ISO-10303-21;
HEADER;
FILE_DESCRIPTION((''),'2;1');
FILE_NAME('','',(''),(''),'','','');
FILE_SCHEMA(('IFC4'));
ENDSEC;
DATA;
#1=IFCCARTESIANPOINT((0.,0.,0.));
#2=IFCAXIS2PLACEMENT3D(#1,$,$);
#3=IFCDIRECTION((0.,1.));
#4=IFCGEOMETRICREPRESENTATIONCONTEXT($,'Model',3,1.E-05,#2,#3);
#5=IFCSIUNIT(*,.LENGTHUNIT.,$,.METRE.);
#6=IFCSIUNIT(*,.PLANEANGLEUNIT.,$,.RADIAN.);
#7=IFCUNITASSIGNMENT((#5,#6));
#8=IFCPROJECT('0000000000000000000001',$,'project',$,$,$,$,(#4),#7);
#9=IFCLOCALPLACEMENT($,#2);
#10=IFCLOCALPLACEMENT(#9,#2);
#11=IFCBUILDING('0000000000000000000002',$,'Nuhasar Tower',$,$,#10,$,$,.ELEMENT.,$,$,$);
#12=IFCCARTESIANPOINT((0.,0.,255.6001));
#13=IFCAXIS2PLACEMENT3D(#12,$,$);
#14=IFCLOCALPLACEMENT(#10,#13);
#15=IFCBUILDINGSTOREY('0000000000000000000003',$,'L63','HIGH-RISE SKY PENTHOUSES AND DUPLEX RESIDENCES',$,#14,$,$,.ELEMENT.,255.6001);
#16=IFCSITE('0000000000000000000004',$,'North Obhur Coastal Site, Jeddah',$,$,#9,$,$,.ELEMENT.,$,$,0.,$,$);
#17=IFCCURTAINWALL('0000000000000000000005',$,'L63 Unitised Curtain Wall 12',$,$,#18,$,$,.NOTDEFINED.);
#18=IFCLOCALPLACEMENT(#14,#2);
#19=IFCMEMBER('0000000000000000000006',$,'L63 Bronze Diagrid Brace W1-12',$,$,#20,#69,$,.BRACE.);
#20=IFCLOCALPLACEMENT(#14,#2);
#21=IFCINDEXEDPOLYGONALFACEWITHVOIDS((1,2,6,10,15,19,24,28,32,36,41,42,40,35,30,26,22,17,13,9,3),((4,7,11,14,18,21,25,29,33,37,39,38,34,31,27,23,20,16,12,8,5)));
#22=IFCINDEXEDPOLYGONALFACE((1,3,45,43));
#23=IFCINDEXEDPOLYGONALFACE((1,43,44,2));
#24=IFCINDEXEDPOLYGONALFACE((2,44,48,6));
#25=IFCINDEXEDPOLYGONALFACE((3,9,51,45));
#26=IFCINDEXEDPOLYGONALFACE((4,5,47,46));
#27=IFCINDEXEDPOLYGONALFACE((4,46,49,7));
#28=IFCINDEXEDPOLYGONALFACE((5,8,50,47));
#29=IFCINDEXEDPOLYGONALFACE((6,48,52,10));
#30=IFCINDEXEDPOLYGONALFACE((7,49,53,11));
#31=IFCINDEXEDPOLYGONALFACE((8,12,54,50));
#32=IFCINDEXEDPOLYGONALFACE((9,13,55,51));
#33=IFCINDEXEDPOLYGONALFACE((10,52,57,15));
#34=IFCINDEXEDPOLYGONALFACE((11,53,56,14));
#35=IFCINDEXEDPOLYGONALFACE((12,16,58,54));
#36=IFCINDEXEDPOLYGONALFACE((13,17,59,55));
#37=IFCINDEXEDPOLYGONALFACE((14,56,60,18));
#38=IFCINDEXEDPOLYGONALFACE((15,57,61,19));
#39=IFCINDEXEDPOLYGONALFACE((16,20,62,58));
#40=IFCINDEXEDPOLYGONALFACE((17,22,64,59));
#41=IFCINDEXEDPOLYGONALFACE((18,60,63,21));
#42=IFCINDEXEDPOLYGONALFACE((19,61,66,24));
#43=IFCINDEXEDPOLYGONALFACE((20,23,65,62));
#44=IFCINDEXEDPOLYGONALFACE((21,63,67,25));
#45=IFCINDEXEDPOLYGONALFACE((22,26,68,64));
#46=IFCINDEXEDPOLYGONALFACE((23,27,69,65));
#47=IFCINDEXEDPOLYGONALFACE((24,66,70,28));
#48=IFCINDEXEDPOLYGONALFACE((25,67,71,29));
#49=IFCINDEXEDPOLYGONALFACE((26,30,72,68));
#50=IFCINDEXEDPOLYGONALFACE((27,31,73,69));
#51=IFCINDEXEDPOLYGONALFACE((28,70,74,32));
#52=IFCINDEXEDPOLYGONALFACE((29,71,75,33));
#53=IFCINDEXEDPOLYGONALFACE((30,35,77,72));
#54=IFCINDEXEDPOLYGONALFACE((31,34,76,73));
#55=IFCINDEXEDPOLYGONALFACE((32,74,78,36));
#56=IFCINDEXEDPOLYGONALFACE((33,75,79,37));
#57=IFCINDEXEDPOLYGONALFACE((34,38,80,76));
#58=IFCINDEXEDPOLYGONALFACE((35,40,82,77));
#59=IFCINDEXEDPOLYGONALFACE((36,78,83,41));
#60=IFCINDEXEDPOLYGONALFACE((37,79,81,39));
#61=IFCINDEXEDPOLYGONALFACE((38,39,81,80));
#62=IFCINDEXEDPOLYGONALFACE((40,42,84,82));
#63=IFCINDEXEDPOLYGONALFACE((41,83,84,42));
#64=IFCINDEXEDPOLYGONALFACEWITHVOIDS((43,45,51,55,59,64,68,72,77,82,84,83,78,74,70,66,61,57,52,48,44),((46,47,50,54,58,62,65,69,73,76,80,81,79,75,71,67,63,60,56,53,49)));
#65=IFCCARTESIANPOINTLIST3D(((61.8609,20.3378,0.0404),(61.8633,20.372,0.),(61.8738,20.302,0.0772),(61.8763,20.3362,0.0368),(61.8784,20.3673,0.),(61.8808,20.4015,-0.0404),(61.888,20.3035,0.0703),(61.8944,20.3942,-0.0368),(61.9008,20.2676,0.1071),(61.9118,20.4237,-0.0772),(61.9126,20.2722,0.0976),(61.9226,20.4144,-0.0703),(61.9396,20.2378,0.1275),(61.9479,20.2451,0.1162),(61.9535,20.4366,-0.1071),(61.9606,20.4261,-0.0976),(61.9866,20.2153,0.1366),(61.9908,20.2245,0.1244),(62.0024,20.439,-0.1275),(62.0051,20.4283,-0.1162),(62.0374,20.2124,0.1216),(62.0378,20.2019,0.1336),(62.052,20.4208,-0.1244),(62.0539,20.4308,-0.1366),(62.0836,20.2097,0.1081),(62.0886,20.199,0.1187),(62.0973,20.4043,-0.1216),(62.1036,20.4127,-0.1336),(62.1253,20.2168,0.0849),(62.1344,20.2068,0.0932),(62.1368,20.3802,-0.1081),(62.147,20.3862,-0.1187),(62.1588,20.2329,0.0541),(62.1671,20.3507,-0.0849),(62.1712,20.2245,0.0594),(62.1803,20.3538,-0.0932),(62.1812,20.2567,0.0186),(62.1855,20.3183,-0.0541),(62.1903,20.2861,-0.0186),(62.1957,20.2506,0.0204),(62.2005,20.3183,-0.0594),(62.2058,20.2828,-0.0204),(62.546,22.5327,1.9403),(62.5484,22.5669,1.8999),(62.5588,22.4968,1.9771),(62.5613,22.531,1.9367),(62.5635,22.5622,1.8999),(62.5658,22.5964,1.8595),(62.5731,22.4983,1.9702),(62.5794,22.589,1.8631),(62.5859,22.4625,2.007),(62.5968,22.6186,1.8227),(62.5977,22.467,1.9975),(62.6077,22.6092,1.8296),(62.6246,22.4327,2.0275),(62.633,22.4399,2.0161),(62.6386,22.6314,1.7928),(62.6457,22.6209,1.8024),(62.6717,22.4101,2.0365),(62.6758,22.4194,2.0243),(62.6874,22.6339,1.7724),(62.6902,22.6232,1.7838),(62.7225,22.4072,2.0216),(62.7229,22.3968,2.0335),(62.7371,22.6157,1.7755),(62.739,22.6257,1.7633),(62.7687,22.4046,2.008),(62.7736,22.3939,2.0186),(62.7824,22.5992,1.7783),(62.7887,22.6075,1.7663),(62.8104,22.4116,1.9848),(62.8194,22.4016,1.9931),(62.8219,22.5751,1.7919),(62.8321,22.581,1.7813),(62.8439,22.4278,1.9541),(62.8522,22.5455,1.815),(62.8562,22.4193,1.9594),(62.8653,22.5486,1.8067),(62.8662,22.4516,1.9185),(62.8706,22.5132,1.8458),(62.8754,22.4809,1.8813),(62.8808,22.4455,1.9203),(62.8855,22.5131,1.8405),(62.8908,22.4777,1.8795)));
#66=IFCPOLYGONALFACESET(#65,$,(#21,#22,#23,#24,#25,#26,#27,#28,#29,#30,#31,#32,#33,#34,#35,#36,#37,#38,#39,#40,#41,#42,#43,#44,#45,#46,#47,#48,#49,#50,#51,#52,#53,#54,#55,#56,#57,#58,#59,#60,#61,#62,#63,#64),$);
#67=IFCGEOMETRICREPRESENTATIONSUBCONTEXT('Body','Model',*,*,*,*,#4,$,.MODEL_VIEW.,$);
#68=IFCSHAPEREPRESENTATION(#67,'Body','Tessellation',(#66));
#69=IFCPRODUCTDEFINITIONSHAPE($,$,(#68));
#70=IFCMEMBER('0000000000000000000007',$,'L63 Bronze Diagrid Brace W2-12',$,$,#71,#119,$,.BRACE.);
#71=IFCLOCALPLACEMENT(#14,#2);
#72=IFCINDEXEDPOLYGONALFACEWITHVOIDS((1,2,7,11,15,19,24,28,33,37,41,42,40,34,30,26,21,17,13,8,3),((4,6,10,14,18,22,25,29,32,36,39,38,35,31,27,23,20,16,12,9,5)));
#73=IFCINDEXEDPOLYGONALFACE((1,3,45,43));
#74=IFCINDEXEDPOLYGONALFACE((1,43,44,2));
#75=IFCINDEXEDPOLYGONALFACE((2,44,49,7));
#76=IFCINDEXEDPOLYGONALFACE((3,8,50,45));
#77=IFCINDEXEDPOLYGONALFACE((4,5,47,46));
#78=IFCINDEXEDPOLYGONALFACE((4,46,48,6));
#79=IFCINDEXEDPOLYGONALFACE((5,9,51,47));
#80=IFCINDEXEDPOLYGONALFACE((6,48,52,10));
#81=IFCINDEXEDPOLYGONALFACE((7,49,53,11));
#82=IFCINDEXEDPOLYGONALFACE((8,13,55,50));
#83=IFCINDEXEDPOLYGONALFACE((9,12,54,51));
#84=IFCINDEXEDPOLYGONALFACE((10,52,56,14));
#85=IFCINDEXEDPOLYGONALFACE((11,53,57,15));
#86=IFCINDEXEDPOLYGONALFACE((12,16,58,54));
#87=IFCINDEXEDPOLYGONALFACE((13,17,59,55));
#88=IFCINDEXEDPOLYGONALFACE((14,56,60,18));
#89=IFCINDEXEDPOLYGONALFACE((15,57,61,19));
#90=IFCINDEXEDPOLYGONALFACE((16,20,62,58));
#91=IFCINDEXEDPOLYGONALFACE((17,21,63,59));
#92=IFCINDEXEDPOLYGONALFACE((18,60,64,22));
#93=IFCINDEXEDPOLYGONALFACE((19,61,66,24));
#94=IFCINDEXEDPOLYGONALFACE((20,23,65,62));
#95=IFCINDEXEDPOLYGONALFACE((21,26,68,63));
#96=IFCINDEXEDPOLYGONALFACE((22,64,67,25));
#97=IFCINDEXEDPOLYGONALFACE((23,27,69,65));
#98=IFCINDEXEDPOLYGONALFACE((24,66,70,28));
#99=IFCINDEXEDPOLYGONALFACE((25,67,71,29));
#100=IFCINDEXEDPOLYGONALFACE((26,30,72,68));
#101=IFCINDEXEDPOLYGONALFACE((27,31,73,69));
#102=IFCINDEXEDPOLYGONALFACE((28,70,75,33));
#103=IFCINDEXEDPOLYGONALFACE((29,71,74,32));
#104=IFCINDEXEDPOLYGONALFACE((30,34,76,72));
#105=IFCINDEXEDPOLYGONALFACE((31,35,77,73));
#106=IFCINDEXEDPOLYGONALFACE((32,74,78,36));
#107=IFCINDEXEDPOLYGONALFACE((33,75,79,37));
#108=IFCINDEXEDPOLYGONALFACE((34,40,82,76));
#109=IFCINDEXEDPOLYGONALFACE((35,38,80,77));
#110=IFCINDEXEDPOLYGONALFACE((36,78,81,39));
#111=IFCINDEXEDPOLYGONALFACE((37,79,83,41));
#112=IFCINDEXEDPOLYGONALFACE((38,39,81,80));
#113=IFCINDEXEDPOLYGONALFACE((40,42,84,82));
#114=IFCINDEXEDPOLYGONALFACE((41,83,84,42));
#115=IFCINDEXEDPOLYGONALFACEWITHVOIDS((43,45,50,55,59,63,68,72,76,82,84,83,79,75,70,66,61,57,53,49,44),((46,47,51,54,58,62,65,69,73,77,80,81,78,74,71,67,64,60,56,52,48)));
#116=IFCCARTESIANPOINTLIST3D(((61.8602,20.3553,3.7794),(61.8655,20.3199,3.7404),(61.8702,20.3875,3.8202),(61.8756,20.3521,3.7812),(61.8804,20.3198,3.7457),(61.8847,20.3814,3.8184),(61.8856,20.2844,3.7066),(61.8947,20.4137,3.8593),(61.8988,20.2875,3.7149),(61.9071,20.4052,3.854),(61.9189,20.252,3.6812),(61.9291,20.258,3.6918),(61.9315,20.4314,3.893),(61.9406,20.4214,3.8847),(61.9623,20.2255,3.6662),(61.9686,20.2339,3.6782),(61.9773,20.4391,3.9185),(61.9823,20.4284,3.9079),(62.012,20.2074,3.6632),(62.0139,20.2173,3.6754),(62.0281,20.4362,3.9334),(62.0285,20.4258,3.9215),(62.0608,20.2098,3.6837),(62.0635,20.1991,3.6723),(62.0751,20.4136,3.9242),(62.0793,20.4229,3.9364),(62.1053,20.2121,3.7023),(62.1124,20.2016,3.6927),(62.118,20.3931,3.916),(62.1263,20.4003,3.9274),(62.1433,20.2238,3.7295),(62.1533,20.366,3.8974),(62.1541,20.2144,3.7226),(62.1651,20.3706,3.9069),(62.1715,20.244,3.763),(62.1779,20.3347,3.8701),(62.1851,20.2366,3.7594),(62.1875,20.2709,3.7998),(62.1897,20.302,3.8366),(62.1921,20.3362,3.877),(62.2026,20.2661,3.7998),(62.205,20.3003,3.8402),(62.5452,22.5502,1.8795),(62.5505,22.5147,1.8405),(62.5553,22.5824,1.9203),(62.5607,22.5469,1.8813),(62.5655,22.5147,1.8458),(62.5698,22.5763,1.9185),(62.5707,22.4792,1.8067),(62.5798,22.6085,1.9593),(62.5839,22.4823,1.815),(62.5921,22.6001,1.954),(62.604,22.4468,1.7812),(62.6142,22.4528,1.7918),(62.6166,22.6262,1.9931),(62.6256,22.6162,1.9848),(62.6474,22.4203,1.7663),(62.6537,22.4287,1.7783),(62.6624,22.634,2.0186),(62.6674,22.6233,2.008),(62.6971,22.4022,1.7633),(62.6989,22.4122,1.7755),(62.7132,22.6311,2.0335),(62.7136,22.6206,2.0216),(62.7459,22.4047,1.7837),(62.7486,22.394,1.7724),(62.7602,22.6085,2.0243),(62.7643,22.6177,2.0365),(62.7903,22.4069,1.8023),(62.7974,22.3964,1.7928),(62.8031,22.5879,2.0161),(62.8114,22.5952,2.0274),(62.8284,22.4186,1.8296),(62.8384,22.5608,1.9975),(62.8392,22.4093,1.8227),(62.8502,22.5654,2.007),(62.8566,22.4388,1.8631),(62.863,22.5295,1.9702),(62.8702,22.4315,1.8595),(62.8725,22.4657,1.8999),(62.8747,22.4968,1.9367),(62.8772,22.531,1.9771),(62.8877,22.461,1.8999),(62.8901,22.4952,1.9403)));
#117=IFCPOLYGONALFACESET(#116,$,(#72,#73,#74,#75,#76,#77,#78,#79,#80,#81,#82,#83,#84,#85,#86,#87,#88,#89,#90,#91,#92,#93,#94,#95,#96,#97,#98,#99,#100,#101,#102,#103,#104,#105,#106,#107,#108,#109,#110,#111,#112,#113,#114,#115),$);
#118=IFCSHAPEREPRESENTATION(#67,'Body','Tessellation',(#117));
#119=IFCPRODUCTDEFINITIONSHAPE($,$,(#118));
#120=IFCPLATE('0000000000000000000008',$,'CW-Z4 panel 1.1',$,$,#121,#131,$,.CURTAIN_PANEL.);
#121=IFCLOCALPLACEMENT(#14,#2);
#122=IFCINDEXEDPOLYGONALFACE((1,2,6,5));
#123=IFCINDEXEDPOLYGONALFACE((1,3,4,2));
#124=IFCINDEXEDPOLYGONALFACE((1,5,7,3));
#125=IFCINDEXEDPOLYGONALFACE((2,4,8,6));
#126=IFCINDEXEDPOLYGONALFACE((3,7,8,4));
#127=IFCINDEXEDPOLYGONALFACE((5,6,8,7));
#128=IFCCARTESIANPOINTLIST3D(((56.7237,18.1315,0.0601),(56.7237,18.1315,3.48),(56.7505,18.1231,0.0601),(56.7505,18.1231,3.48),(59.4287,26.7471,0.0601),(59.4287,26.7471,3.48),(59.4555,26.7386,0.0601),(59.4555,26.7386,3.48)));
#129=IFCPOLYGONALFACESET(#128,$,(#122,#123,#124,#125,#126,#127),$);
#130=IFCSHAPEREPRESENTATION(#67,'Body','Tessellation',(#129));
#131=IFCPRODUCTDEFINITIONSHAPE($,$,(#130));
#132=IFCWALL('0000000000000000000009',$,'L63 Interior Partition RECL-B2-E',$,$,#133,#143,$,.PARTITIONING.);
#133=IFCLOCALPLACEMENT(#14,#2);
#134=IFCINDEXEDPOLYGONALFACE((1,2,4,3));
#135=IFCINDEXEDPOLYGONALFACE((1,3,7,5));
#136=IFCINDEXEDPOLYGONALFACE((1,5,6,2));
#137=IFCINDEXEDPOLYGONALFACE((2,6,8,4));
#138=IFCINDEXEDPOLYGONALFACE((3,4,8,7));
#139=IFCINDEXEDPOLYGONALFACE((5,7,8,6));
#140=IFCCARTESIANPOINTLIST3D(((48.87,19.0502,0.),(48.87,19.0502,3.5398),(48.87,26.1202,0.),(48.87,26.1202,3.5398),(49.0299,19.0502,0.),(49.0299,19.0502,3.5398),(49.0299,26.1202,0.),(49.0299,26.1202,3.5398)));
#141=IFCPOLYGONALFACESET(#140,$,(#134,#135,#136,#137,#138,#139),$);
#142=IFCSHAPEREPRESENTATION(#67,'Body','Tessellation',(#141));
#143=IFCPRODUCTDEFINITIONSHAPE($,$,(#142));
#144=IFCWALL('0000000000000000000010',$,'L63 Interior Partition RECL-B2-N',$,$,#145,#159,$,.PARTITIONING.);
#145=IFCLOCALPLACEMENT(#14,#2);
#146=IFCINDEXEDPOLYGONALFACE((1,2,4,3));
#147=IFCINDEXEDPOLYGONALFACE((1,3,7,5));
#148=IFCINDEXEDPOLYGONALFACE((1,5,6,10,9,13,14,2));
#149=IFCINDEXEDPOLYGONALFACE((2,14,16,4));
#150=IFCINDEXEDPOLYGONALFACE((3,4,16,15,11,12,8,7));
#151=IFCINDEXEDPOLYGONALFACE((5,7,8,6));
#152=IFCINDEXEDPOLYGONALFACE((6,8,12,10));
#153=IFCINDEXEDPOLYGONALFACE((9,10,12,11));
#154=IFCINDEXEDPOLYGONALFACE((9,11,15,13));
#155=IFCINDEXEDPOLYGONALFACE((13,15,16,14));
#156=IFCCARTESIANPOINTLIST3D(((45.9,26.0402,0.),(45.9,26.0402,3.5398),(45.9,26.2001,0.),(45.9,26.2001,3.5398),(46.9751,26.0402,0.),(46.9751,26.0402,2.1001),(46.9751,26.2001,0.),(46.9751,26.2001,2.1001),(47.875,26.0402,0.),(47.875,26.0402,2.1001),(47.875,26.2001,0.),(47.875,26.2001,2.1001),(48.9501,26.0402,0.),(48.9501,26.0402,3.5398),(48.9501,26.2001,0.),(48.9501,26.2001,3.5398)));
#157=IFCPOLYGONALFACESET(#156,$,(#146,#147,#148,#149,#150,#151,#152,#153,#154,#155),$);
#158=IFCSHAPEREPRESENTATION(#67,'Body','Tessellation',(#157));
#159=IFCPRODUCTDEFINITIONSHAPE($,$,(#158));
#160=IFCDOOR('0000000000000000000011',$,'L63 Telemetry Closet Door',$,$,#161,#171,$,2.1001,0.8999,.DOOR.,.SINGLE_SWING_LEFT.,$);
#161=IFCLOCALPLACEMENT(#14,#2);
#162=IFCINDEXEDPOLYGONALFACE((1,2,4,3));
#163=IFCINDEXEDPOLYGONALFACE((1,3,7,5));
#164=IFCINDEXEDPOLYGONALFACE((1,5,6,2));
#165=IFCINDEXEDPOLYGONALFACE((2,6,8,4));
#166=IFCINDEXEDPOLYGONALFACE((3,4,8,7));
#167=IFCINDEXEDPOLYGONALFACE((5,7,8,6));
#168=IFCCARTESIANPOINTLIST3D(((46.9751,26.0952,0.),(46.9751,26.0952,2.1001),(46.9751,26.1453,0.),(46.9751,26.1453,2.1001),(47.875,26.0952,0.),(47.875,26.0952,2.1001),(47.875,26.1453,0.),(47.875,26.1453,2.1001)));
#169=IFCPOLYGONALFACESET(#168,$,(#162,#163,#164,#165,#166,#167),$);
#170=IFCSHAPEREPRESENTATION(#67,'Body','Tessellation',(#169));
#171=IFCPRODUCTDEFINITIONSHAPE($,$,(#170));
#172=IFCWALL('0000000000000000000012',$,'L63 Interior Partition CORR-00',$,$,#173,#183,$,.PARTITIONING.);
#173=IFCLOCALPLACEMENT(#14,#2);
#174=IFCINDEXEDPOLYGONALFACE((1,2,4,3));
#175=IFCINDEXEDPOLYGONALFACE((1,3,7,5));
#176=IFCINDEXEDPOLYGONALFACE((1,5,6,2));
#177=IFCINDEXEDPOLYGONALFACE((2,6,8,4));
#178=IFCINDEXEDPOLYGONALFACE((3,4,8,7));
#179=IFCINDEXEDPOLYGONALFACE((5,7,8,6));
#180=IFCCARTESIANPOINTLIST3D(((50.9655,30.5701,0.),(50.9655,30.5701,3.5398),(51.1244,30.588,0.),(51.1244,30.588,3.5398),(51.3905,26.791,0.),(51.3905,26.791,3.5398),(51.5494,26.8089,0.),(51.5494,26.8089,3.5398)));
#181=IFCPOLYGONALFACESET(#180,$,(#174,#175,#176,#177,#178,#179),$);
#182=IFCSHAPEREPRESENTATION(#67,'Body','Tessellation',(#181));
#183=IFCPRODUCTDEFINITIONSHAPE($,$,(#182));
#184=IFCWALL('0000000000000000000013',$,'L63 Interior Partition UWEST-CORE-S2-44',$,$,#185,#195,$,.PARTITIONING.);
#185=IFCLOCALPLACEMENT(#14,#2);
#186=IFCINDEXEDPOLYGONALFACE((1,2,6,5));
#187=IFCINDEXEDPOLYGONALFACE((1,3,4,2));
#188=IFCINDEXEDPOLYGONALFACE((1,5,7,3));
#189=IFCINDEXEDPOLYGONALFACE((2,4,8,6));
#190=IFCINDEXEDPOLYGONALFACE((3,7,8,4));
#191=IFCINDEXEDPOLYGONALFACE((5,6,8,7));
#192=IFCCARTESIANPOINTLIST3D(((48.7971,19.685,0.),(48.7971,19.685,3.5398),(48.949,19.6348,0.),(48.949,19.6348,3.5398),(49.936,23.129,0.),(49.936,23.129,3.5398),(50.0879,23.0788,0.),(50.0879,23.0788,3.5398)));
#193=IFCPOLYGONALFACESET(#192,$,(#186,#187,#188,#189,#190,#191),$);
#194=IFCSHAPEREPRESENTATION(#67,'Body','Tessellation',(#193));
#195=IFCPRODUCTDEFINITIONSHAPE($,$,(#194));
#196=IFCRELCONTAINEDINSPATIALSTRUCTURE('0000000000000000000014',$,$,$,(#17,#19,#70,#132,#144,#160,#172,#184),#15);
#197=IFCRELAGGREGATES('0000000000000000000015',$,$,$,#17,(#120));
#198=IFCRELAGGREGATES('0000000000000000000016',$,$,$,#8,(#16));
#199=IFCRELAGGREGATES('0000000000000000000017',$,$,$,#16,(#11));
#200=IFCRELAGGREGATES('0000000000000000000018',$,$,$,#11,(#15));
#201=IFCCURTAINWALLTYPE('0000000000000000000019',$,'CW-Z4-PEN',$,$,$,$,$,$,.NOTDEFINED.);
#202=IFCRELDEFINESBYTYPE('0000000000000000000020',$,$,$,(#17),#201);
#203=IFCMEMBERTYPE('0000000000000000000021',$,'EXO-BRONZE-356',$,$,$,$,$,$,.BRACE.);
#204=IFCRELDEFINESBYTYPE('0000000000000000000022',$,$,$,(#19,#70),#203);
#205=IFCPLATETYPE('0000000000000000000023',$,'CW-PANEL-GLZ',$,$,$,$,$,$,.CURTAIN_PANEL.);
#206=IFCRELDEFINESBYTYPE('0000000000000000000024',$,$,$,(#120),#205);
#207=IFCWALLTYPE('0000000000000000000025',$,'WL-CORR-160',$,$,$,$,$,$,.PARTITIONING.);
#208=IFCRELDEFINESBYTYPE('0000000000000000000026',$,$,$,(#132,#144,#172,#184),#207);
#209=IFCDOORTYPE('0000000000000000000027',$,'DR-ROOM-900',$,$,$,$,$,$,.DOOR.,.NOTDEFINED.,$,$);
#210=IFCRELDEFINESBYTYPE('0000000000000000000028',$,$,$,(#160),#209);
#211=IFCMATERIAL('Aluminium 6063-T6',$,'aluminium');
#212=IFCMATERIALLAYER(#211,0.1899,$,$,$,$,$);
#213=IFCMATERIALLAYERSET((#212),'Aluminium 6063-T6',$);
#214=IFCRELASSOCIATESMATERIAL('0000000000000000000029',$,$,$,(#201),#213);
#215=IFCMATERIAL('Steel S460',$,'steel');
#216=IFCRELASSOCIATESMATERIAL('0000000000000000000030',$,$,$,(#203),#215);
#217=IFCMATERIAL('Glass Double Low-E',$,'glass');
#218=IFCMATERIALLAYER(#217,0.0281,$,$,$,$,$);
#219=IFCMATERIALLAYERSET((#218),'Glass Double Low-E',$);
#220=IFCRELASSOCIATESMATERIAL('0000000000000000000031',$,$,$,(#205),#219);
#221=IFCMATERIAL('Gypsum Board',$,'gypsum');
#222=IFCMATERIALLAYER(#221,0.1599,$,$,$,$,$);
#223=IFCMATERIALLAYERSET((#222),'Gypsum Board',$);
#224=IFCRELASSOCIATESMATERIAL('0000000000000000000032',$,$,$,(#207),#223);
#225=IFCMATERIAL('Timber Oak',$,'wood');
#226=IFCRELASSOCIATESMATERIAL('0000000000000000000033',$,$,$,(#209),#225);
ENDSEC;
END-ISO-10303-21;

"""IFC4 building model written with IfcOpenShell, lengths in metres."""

from ifc_helpers import new_model, si_unit, direction, frame, frame_2d, origin, origin_2d, place, context, subcontext, project, spatial, rectangle, hollow_circle, extrude, material, layer, layer_set, material_profile, profile_set, type_object, element, fill, aggregate, save


model = new_model("IFC4")

# Units and contexts
model_context = context("Model", 3, precision=1e-05, world=origin(), true_north=direction((0.0, 1.0)))
body_context = subcontext(model_context, "Body", "Model", "MODEL_VIEW")
ifc_project = project(units=[si_unit("LENGTHUNIT", "METRE"), si_unit("PLANEANGLEUNIT", "RADIAN")], contexts=[model_context])

# Site, building, storey
site_placement = place(None, origin())
site = spatial("IfcSite", under=ifc_project, at=site_placement, Name="North Obhur Coastal Site, Jeddah", CompositionType="ELEMENT", RefElevation=0.0)
building_placement = place(site_placement, origin())
building = spatial("IfcBuilding", under=site, at=building_placement, Name="Nuhasar Tower", CompositionType="ELEMENT")
storey_placement = place(building_placement, frame((0.0, 0.0, 255.6001)))
storey = spatial("IfcBuildingStorey", under=building, at=storey_placement, Name="L63", Description="HIGH-RISE SKY PENTHOUSES AND DUPLEX RESIDENCES", CompositionType="ELEMENT", Elevation=255.6001)

# Shared definitions
ifc_material_1 = material(Name="Steel S460", Category="steel")

# Curtain wall
ifc_material_2 = material(Name="Aluminium 6063-T6", Category="aluminium")
ifc_layer_1 = layer(ifc_material_2, 0.1899)
ifc_layer_set_1 = layer_set([ifc_layer_1], Name="Aluminium 6063-T6")
curtain_wall_type = type_object("IfcCurtainWallType", Name="CW-Z4-PEN", PredefinedType="NOTDEFINED", material=ifc_layer_set_1)
curtain_wall_placement = place(storey_placement, origin())
curtain_wall = element("IfcCurtainWall", 1, at=curtain_wall_placement, inside=storey, type_object=curtain_wall_type, Name="L63 Unitised Curtain Wall 12", PredefinedType="NOTDEFINED")

# Members
ifc_material_profile_1 = material_profile(ifc_material_1, hollow_circle(Radius=0.1777, WallThickness=0.0159, at=origin_2d()), Name="HSS355.6X15.9")
ifc_profile_set_1 = profile_set([ifc_material_profile_1], Name="Steel S460")
member_type_1 = type_object("IfcMemberType", Name="EXO-BRONZE-356", PredefinedType="BRACE", material=ifc_profile_set_1)
for number, where, z_axis, x_axis, name in (
    (2, (62.033, 20.3191, 0.0), (0.229681, 0.735864, 0.636985), (-0.954582, 0.297948, 0.0), "L63 Bronze Diagrid Brace W1-12"),
    (3, (62.718, 22.5139, 1.8999), (-0.229681, -0.735864, 0.636985), (0.954582, -0.297948, 0.0), "L63 Bronze Diagrid Brace W2-12"),
):
    element("IfcMember", number, at=place(storey_placement, frame(where, z_axis=z_axis, x_axis=x_axis)), inside=storey, type_object=member_type_1, Name=name, PredefinedType="BRACE", context=body_context, shape_type="SweptSolid", body=[
        extrude(hollow_circle(Radius=0.1777, WallThickness=0.0159, at=origin_2d()), origin(), (0.0, 0.0, 1.0), 2.9827),
    ])

# Plate
ifc_material_3 = material(Name="Glass Double Low-E", Category="glass")
ifc_layer_2 = layer(ifc_material_3, 0.0281)
ifc_layer_set_2 = layer_set([ifc_layer_2], Name="Glass Double Low-E")
plate_type = type_object("IfcPlateType", Name="CW-PANEL-GLZ", PredefinedType="CURTAIN_PANEL", material=ifc_layer_set_2)
plate_placement = place(storey_placement, frame((58.0896, 22.4351, 0.0601), z_axis=(0.0, 0.0, 1.0), x_axis=(0.299557, 0.954079, 0.0)))
plate = element("IfcPlate", 4, at=plate_placement, type_object=plate_type, Name="CW-Z4 panel 1.1", PredefinedType="CURTAIN_PANEL", context=body_context, shape_type="SweptSolid", body=[
    extrude(rectangle(XDim=9.0303, YDim=0.0281, at=origin_2d()), origin(), (0.0, 0.0, 1.0), 3.4199),
])
aggregate(curtain_wall, [plate])

# Wall
ifc_material_4 = material(Name="Gypsum Board", Category="gypsum")
ifc_layer_3 = layer(ifc_material_4, 0.1599)
ifc_layer_set_3 = layer_set([ifc_layer_3], Name="Gypsum Board")
wall_type_1 = type_object("IfcWallType", Name="WL-CORR-160", PredefinedType="PARTITIONING", material=ifc_layer_set_3)
wall_1_placement = place(storey_placement, frame((48.95, 19.05, 0.0), z_axis=(0.0, 0.0, 1.0), x_axis=(0.0, 1.0, 0.0)))
element("IfcWall", 5, at=wall_1_placement, inside=storey, type_object=wall_type_1, Name="L63 Interior Partition RECL-B2-E", PredefinedType="PARTITIONING", context=body_context, shape_type="SweptSolid", body=[
    extrude(rectangle(XDim=7.0701, YDim=0.1599, at=frame_2d((3.5352, 0.0))), origin(), (0.0, 0.0, 1.0), 3.5398),
])

# Wall, opening, door
wall_2_placement = place(storey_placement, frame((48.95, 26.1201, 0.0), z_axis=(0.0, 0.0, 1.0), x_axis=(-1.0, 0.0, 0.0)))
wall_2 = element("IfcWall", 6, at=wall_2_placement, inside=storey, type_object=wall_type_1, Name="L63 Interior Partition RECL-B2-N", PredefinedType="PARTITIONING", context=body_context, shape_type="SweptSolid", body=[
    extrude(rectangle(XDim=3.05, YDim=0.1599, at=frame_2d((1.5249, 0.0))), origin(), (0.0, 0.0, 1.0), 3.5398),
])
opening_1_placement = place(wall_2_placement, frame((1.075, 0.0, 0.0)))
opening_1 = element("IfcOpeningElement", 7, at=opening_1_placement, cuts=wall_2, PredefinedType="OPENING", context=body_context, shape_type="SweptSolid", body=[
    extrude(rectangle(XDim=0.8999, YDim=2.1001, at=frame_2d((0.45, 1.05))), frame((0.0, 0.0898, 0.0), z_axis=(0.0, -1.0, 0.0), x_axis=(1.0, 0.0, 0.0)), (0.0, 0.0, 1.0), 0.1799),
])
ifc_material_5 = material(Name="Timber Oak", Category="wood")
door_type_1 = type_object("IfcDoorType", Name="DR-ROOM-900", OperationType="NOTDEFINED", PredefinedType="DOOR", material=ifc_material_5)
door_1_placement = place(opening_1_placement, origin())
door_1 = element("IfcDoor", 8, at=door_1_placement, inside=storey, type_object=door_type_1, Name="L63 Telemetry Closet Door", OperationType="SINGLE_SWING_LEFT", OverallHeight=2.1001, OverallWidth=0.8999, PredefinedType="DOOR", context=body_context, shape_type="SweptSolid", body=[
    extrude(rectangle(XDim=0.8999, YDim=2.1001, at=frame_2d((0.45, 1.05))), frame((0.0, 0.0249, 0.0), z_axis=(0.0, -1.0, 0.0), x_axis=(1.0, 0.0, 0.0)), (0.0, 0.0, 1.0), 0.05),
])
fill(opening_1, door_1)

# Walls
wall_3_placement = place(storey_placement, frame((51.47, 26.8, 0.0), z_axis=(0.0, 0.0, 1.0), x_axis=(-0.11177, 0.993734, 0.0)))
element("IfcWall", 9, at=wall_3_placement, inside=storey, type_object=wall_type_1, Name="L63 Interior Partition CORR-00", PredefinedType="PARTITIONING", context=body_context, shape_type="SweptSolid", body=[
    extrude(rectangle(XDim=3.803, YDim=0.1599, at=frame_2d((1.9014, 0.0))), origin(), (0.0, 0.0, 1.0), 3.5398),
])
wall_4_placement = place(storey_placement, frame((48.873, 19.6599, 0.0), z_axis=(0.0, 0.0, 1.0), x_axis=(0.313966, 0.949434, 0.0)))
element("IfcWall", 10, at=wall_4_placement, inside=storey, type_object=wall_type_1, Name="L63 Interior Partition UWEST-CORE-S2-44", PredefinedType="PARTITIONING", context=body_context, shape_type="SweptSolid", body=[
    extrude(rectangle(XDim=3.6274, YDim=0.1599, at=frame_2d((1.8137, 0.0))), origin(), (0.0, 0.0, 1.0), 3.5398),
])

save(model, "model.ifc")
